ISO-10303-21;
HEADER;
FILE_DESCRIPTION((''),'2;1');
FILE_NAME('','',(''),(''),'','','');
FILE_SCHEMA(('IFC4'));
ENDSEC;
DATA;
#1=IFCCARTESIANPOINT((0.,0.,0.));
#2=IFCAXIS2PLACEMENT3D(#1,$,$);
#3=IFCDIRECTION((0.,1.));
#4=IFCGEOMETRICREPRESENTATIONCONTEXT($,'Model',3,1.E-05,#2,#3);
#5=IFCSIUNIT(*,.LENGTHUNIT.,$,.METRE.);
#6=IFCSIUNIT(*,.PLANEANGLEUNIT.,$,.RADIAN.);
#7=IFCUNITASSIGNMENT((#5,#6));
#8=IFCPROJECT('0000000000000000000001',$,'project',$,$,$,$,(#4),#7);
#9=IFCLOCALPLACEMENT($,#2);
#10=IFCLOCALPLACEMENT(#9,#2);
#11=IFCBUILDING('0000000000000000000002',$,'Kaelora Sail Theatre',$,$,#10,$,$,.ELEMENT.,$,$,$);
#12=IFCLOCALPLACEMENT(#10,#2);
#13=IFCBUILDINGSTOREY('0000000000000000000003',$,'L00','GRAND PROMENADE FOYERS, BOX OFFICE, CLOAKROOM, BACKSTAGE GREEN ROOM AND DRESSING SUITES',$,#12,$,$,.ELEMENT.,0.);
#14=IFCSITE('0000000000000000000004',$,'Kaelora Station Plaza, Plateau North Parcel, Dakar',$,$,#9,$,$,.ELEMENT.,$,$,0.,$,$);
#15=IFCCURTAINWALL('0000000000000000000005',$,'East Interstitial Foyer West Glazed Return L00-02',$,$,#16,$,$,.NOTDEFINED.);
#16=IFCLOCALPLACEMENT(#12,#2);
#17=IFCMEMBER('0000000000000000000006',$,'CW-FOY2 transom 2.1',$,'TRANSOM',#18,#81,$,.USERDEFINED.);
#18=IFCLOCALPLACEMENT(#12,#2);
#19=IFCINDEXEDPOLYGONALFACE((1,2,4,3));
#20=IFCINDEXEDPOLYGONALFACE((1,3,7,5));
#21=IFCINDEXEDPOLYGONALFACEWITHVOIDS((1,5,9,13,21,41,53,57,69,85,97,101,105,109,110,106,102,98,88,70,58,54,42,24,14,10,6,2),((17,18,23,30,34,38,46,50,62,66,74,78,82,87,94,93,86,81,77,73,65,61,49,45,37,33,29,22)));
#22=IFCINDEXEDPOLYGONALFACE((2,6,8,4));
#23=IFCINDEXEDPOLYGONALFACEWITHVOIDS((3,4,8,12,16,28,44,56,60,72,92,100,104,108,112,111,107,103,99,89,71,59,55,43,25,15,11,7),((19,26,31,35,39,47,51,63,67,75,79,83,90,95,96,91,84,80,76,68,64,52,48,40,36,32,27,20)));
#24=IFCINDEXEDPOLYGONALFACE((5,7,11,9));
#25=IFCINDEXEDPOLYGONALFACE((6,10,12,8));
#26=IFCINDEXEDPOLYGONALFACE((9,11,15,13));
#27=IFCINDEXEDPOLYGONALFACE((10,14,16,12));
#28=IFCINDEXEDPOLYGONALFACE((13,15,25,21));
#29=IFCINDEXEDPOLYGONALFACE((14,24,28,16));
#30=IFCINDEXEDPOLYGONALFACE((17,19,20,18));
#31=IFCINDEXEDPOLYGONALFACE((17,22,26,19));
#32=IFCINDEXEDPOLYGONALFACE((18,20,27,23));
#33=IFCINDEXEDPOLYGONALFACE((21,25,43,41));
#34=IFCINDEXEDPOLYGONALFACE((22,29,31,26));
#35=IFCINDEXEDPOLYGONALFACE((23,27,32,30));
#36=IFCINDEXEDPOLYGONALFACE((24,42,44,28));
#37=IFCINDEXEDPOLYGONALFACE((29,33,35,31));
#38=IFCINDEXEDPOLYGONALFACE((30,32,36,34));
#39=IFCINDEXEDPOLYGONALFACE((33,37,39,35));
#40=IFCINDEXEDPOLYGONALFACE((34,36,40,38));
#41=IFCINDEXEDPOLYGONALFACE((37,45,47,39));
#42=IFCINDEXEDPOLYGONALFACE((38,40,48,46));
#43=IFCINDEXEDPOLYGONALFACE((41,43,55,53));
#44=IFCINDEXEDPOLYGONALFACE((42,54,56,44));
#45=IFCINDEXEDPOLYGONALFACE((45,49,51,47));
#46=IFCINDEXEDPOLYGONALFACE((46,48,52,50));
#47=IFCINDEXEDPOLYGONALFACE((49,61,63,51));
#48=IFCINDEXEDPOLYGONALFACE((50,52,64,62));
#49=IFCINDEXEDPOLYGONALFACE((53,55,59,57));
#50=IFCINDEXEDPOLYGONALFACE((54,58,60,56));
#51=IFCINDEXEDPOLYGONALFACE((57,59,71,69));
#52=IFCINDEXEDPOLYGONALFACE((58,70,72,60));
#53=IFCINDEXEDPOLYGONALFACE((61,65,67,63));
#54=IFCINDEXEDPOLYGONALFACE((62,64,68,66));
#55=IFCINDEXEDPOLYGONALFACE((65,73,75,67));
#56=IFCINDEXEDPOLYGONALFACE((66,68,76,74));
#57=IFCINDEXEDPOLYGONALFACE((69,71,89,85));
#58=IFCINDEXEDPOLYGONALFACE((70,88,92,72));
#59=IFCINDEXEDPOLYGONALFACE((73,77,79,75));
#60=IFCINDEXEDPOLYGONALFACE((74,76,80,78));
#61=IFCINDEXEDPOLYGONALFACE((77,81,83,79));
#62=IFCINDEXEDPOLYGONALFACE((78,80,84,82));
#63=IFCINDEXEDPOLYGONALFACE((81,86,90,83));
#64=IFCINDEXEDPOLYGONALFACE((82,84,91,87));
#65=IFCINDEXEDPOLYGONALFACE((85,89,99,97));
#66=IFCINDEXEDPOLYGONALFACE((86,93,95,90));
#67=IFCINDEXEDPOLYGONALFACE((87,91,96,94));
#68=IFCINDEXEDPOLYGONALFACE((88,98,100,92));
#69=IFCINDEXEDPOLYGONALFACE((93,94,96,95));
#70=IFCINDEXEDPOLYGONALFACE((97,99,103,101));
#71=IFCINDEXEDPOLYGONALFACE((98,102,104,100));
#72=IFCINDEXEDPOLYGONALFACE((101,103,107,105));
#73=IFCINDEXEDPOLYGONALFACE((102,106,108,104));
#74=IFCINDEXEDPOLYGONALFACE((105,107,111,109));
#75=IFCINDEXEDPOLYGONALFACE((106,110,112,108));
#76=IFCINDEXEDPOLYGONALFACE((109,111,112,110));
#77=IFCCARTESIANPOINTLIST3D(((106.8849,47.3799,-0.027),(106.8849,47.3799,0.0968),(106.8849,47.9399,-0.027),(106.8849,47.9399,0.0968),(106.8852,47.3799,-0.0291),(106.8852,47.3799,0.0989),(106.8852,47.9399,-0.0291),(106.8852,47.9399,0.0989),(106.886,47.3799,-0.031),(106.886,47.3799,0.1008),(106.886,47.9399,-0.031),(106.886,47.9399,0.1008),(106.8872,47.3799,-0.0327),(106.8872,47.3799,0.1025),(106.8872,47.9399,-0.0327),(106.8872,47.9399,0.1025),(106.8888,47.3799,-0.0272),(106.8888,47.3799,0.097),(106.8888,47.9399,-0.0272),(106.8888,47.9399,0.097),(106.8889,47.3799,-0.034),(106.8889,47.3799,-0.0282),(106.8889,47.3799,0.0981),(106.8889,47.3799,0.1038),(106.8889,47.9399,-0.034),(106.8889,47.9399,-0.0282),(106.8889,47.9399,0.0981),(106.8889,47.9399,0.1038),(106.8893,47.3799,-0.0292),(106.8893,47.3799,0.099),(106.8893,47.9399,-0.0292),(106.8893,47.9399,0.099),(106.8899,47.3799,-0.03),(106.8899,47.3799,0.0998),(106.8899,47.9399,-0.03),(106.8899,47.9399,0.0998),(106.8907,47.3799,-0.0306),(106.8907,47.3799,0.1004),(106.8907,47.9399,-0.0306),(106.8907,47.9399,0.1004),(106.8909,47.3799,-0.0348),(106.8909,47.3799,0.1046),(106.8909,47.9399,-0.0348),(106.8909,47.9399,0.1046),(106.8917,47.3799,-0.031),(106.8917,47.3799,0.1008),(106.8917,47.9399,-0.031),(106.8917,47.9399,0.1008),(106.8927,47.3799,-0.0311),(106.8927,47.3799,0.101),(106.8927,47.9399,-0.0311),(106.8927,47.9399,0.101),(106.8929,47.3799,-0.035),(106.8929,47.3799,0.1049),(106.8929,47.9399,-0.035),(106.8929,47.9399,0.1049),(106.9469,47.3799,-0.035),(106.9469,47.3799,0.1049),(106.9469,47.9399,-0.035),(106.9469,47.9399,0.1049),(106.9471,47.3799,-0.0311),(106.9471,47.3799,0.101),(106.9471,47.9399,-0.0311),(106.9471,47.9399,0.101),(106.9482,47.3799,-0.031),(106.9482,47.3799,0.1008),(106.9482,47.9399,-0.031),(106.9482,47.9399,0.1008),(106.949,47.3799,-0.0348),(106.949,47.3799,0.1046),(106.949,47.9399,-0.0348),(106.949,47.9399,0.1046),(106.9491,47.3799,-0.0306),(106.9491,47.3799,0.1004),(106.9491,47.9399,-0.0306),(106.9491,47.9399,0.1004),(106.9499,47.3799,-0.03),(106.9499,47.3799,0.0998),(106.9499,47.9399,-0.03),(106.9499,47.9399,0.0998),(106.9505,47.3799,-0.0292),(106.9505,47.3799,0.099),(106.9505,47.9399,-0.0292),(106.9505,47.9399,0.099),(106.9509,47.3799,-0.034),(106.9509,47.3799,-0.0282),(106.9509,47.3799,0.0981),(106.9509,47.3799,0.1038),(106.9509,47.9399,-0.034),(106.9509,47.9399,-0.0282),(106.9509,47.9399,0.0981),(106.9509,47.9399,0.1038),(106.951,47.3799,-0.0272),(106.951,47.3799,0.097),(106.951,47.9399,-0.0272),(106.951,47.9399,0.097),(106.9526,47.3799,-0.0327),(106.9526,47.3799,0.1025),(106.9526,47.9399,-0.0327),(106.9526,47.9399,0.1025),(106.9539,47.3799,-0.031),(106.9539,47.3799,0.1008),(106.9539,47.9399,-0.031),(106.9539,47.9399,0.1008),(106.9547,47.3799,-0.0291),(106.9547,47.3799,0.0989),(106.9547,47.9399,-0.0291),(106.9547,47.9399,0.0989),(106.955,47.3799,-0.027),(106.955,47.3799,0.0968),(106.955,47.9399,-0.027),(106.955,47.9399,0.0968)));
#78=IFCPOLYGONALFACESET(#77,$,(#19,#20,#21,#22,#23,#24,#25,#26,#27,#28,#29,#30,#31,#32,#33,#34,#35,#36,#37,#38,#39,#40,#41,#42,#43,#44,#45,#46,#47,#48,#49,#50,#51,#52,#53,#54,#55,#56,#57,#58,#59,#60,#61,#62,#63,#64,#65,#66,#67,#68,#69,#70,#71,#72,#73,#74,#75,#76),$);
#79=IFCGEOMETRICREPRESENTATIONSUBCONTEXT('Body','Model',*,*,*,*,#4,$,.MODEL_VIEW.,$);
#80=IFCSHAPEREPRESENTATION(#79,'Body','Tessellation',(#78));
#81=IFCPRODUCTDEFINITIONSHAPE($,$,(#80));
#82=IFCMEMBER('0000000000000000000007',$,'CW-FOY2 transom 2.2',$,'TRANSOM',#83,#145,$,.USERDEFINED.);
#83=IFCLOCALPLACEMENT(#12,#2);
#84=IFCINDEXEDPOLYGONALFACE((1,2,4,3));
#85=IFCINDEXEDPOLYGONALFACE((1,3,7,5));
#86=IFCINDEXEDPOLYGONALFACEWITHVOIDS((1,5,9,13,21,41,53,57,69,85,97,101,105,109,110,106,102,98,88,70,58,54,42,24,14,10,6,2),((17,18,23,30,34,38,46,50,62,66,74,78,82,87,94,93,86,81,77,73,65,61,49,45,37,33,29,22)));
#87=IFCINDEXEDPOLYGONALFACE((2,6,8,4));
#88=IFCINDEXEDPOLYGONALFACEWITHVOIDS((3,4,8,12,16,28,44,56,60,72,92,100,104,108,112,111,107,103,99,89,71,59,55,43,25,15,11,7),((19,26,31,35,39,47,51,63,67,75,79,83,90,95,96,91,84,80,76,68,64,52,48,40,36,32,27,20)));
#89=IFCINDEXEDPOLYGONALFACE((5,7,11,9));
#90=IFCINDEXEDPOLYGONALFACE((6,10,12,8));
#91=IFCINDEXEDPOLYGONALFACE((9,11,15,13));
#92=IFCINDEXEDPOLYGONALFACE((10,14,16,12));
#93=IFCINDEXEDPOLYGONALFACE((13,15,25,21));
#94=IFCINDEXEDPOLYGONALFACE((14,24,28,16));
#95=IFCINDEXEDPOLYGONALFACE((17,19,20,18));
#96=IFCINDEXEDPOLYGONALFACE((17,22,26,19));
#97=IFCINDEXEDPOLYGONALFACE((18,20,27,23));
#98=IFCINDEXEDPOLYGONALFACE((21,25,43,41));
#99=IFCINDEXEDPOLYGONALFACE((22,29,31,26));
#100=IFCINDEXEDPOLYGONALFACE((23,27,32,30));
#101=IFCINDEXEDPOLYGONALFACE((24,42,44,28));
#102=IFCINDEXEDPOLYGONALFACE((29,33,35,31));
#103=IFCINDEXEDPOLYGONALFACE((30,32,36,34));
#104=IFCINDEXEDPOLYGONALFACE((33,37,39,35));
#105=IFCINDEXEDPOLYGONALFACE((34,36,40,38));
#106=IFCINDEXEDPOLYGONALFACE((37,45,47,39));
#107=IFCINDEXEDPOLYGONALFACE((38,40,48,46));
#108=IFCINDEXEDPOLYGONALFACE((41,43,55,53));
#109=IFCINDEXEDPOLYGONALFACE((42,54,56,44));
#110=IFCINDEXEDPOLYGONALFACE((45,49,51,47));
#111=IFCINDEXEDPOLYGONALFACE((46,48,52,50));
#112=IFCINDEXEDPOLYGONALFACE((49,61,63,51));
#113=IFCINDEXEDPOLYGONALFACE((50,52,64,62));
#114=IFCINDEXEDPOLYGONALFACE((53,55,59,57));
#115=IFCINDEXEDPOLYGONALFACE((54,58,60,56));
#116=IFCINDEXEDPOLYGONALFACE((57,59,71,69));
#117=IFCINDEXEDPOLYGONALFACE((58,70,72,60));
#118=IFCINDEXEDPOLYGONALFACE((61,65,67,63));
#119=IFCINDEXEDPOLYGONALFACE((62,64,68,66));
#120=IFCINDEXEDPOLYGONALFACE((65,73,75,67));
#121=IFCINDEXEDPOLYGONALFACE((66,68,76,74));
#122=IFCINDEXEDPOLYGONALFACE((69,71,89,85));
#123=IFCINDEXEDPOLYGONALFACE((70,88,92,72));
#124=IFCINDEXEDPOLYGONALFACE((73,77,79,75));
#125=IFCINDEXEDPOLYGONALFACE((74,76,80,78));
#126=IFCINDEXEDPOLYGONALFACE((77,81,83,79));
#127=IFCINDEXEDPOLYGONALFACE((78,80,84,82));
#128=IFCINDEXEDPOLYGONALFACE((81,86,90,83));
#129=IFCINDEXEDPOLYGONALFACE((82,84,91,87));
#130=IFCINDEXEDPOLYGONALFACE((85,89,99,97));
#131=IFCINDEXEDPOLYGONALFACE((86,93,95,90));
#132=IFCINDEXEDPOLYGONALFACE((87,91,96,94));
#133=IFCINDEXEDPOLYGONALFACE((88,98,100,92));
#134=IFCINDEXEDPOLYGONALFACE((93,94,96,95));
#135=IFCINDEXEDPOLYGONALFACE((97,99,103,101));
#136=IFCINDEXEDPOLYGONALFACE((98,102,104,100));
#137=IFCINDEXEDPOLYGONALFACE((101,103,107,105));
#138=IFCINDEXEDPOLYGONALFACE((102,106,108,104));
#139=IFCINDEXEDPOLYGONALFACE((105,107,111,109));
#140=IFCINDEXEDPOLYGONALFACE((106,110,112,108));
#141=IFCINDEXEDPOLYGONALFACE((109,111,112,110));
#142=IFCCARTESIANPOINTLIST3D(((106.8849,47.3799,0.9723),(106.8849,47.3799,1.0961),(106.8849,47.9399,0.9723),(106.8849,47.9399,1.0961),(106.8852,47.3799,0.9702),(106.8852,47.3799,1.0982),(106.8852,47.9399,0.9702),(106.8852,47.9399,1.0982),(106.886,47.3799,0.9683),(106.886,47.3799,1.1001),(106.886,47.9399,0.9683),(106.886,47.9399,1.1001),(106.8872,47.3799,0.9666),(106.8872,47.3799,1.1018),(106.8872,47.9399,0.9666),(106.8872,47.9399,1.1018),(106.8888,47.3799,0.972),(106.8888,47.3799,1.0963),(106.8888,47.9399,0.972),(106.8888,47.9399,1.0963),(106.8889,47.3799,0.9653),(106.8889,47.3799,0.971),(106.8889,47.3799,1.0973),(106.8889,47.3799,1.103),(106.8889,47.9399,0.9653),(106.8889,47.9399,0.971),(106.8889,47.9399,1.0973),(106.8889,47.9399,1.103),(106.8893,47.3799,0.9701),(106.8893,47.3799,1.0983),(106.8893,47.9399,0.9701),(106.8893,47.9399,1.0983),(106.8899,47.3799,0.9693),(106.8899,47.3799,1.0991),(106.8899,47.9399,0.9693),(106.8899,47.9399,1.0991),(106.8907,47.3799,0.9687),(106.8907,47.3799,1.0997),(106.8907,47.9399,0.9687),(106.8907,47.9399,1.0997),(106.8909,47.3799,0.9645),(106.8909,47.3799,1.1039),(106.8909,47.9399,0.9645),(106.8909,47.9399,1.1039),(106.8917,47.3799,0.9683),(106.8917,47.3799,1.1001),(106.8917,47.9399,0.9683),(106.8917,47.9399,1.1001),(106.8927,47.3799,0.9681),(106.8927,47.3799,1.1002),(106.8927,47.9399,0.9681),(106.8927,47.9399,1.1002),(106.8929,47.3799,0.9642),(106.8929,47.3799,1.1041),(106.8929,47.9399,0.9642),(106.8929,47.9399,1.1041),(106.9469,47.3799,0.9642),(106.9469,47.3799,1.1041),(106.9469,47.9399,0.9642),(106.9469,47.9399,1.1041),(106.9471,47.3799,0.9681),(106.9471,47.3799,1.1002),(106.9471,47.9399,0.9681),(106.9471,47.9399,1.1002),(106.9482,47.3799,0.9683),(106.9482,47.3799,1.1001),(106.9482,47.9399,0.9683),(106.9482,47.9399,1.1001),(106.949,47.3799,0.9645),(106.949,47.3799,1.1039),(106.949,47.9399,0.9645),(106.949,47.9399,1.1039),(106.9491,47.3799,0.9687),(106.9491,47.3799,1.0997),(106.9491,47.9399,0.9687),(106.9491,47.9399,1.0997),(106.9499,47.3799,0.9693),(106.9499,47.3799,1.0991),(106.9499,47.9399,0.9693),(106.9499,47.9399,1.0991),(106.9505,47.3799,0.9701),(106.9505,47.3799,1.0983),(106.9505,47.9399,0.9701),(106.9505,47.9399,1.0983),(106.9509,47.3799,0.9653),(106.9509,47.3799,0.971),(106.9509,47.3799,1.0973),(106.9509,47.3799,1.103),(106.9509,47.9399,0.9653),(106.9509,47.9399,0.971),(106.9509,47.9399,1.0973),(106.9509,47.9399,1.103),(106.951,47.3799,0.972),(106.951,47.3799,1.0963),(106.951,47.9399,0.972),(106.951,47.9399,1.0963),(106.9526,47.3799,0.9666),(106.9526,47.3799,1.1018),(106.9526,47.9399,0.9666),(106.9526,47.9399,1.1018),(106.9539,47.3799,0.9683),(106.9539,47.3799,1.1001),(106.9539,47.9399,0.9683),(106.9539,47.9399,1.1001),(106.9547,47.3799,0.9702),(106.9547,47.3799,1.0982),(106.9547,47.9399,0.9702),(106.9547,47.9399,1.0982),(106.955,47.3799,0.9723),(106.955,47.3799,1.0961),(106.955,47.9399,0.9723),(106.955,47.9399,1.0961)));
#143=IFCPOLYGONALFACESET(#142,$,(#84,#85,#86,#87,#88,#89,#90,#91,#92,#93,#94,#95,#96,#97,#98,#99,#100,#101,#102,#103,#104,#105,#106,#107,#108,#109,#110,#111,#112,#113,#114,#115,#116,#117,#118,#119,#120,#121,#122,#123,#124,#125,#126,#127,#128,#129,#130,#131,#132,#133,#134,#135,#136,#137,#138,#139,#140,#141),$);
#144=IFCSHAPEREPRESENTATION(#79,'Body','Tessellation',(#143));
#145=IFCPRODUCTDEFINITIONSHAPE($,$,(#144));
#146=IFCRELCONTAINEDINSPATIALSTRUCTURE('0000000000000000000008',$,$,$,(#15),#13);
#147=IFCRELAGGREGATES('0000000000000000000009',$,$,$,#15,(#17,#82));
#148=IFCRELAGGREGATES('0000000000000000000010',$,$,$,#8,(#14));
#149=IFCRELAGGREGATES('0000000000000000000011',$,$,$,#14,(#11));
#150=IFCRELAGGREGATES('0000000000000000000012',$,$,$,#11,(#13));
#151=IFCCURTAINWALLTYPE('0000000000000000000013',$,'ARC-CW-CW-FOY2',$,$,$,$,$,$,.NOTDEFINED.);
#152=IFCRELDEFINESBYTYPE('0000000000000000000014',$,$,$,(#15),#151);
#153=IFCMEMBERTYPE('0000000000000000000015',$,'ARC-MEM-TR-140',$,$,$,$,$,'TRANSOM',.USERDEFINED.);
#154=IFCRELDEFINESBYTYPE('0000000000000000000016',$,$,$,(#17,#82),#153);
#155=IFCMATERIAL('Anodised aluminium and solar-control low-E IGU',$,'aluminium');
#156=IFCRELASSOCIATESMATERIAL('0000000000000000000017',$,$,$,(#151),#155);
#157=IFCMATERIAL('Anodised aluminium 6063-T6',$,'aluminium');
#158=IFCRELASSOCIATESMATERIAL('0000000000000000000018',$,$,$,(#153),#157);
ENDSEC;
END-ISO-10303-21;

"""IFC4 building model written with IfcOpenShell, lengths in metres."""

from ifc_helpers import new_model, si_unit, direction, frame, origin, origin_2d, place, context, subcontext, project, spatial, hollow_rectangle, extrude, material, material_profile, profile_set, type_object, element, aggregate, save


model = new_model("IFC4")

# Units and contexts
model_context = context("Model", 3, precision=1e-05, world=origin(), true_north=direction((0.0, 1.0)))
body_context = subcontext(model_context, "Body", "Model", "MODEL_VIEW")
ifc_project = project(units=[si_unit("LENGTHUNIT", "METRE"), si_unit("PLANEANGLEUNIT", "RADIAN")], contexts=[model_context])

# Site, building, storey
site_placement = place(None, origin())
site = spatial("IfcSite", under=ifc_project, at=site_placement, Name="Kaelora Station Plaza, Plateau North Parcel, Dakar", CompositionType="ELEMENT", RefElevation=0.0)
building_placement = place(site_placement, origin())
building = spatial("IfcBuilding", under=site, at=building_placement, Name="Kaelora Sail Theatre", CompositionType="ELEMENT")
storey_placement = place(building_placement, origin())
storey = spatial("IfcBuildingStorey", under=building, at=storey_placement, Name="L00", Description="GRAND PROMENADE FOYERS, BOX OFFICE, CLOAKROOM, BACKSTAGE GREEN ROOM AND DRESSING SUITES", CompositionType="ELEMENT", Elevation=0.0)

# Curtain wall
ifc_material_1 = material(Name="Anodised aluminium and solar-control low-E IGU", Category="aluminium")
curtain_wall_type = type_object("IfcCurtainWallType", Name="ARC-CW-CW-FOY2", PredefinedType="NOTDEFINED", material=ifc_material_1)
curtain_wall_placement = place(storey_placement, origin())
curtain_wall = element("IfcCurtainWall", 1, at=curtain_wall_placement, inside=storey, type_object=curtain_wall_type, Name="East Interstitial Foyer West Glazed Return L00-02", PredefinedType="NOTDEFINED")

# Members
ifc_material_2 = material(Name="Anodised aluminium 6063-T6", Category="aluminium")
ifc_material_profile_1 = material_profile(ifc_material_2, hollow_rectangle(XDim=0.0701, YDim=0.1399, WallThickness=0.0039, InnerFilletRadius=0.0039, OuterFilletRadius=0.0081, at=origin_2d()), Name="ALU-TRAN 70x140x4")
ifc_profile_set_1 = profile_set([ifc_material_profile_1], Name="Anodised aluminium 6063-T6")
member_type_1 = type_object("IfcMemberType", Name="ARC-MEM-TR-140", ElementType="TRANSOM", PredefinedType="USERDEFINED", material=ifc_profile_set_1)
member_1_placement = place(storey_placement, frame((106.9199, 47.3799, 0.0349), z_axis=(0.0, 1.0, 0.0), x_axis=(-1.0, 0.0, 0.0)))
member_1 = element("IfcMember", 2, at=member_1_placement, type_object=member_type_1, Name="CW-FOY2 transom 2.1", ObjectType="TRANSOM", PredefinedType="USERDEFINED", context=body_context, shape_type="SweptSolid", body=[
    extrude(hollow_rectangle(XDim=0.0701, YDim=0.1399, WallThickness=0.0039, InnerFilletRadius=0.0039, OuterFilletRadius=0.0081, at=origin_2d()), origin(), (0.0, 0.0, 1.0), 0.5601),
])
member_2_placement = place(storey_placement, frame((106.9199, 47.3799, 1.0342), z_axis=(0.0, 1.0, 0.0), x_axis=(-1.0, 0.0, 0.0)))
member_2 = element("IfcMember", 3, at=member_2_placement, type_object=member_type_1, Name="CW-FOY2 transom 2.2", ObjectType="TRANSOM", PredefinedType="USERDEFINED", context=body_context, shape_type="SweptSolid", body=[
    extrude(hollow_rectangle(XDim=0.0701, YDim=0.1399, WallThickness=0.0039, InnerFilletRadius=0.0039, OuterFilletRadius=0.0081, at=origin_2d()), origin(), (0.0, 0.0, 1.0), 0.5601),
])

aggregate(curtain_wall, [member_1, member_2])

save(model, "model.ifc")
